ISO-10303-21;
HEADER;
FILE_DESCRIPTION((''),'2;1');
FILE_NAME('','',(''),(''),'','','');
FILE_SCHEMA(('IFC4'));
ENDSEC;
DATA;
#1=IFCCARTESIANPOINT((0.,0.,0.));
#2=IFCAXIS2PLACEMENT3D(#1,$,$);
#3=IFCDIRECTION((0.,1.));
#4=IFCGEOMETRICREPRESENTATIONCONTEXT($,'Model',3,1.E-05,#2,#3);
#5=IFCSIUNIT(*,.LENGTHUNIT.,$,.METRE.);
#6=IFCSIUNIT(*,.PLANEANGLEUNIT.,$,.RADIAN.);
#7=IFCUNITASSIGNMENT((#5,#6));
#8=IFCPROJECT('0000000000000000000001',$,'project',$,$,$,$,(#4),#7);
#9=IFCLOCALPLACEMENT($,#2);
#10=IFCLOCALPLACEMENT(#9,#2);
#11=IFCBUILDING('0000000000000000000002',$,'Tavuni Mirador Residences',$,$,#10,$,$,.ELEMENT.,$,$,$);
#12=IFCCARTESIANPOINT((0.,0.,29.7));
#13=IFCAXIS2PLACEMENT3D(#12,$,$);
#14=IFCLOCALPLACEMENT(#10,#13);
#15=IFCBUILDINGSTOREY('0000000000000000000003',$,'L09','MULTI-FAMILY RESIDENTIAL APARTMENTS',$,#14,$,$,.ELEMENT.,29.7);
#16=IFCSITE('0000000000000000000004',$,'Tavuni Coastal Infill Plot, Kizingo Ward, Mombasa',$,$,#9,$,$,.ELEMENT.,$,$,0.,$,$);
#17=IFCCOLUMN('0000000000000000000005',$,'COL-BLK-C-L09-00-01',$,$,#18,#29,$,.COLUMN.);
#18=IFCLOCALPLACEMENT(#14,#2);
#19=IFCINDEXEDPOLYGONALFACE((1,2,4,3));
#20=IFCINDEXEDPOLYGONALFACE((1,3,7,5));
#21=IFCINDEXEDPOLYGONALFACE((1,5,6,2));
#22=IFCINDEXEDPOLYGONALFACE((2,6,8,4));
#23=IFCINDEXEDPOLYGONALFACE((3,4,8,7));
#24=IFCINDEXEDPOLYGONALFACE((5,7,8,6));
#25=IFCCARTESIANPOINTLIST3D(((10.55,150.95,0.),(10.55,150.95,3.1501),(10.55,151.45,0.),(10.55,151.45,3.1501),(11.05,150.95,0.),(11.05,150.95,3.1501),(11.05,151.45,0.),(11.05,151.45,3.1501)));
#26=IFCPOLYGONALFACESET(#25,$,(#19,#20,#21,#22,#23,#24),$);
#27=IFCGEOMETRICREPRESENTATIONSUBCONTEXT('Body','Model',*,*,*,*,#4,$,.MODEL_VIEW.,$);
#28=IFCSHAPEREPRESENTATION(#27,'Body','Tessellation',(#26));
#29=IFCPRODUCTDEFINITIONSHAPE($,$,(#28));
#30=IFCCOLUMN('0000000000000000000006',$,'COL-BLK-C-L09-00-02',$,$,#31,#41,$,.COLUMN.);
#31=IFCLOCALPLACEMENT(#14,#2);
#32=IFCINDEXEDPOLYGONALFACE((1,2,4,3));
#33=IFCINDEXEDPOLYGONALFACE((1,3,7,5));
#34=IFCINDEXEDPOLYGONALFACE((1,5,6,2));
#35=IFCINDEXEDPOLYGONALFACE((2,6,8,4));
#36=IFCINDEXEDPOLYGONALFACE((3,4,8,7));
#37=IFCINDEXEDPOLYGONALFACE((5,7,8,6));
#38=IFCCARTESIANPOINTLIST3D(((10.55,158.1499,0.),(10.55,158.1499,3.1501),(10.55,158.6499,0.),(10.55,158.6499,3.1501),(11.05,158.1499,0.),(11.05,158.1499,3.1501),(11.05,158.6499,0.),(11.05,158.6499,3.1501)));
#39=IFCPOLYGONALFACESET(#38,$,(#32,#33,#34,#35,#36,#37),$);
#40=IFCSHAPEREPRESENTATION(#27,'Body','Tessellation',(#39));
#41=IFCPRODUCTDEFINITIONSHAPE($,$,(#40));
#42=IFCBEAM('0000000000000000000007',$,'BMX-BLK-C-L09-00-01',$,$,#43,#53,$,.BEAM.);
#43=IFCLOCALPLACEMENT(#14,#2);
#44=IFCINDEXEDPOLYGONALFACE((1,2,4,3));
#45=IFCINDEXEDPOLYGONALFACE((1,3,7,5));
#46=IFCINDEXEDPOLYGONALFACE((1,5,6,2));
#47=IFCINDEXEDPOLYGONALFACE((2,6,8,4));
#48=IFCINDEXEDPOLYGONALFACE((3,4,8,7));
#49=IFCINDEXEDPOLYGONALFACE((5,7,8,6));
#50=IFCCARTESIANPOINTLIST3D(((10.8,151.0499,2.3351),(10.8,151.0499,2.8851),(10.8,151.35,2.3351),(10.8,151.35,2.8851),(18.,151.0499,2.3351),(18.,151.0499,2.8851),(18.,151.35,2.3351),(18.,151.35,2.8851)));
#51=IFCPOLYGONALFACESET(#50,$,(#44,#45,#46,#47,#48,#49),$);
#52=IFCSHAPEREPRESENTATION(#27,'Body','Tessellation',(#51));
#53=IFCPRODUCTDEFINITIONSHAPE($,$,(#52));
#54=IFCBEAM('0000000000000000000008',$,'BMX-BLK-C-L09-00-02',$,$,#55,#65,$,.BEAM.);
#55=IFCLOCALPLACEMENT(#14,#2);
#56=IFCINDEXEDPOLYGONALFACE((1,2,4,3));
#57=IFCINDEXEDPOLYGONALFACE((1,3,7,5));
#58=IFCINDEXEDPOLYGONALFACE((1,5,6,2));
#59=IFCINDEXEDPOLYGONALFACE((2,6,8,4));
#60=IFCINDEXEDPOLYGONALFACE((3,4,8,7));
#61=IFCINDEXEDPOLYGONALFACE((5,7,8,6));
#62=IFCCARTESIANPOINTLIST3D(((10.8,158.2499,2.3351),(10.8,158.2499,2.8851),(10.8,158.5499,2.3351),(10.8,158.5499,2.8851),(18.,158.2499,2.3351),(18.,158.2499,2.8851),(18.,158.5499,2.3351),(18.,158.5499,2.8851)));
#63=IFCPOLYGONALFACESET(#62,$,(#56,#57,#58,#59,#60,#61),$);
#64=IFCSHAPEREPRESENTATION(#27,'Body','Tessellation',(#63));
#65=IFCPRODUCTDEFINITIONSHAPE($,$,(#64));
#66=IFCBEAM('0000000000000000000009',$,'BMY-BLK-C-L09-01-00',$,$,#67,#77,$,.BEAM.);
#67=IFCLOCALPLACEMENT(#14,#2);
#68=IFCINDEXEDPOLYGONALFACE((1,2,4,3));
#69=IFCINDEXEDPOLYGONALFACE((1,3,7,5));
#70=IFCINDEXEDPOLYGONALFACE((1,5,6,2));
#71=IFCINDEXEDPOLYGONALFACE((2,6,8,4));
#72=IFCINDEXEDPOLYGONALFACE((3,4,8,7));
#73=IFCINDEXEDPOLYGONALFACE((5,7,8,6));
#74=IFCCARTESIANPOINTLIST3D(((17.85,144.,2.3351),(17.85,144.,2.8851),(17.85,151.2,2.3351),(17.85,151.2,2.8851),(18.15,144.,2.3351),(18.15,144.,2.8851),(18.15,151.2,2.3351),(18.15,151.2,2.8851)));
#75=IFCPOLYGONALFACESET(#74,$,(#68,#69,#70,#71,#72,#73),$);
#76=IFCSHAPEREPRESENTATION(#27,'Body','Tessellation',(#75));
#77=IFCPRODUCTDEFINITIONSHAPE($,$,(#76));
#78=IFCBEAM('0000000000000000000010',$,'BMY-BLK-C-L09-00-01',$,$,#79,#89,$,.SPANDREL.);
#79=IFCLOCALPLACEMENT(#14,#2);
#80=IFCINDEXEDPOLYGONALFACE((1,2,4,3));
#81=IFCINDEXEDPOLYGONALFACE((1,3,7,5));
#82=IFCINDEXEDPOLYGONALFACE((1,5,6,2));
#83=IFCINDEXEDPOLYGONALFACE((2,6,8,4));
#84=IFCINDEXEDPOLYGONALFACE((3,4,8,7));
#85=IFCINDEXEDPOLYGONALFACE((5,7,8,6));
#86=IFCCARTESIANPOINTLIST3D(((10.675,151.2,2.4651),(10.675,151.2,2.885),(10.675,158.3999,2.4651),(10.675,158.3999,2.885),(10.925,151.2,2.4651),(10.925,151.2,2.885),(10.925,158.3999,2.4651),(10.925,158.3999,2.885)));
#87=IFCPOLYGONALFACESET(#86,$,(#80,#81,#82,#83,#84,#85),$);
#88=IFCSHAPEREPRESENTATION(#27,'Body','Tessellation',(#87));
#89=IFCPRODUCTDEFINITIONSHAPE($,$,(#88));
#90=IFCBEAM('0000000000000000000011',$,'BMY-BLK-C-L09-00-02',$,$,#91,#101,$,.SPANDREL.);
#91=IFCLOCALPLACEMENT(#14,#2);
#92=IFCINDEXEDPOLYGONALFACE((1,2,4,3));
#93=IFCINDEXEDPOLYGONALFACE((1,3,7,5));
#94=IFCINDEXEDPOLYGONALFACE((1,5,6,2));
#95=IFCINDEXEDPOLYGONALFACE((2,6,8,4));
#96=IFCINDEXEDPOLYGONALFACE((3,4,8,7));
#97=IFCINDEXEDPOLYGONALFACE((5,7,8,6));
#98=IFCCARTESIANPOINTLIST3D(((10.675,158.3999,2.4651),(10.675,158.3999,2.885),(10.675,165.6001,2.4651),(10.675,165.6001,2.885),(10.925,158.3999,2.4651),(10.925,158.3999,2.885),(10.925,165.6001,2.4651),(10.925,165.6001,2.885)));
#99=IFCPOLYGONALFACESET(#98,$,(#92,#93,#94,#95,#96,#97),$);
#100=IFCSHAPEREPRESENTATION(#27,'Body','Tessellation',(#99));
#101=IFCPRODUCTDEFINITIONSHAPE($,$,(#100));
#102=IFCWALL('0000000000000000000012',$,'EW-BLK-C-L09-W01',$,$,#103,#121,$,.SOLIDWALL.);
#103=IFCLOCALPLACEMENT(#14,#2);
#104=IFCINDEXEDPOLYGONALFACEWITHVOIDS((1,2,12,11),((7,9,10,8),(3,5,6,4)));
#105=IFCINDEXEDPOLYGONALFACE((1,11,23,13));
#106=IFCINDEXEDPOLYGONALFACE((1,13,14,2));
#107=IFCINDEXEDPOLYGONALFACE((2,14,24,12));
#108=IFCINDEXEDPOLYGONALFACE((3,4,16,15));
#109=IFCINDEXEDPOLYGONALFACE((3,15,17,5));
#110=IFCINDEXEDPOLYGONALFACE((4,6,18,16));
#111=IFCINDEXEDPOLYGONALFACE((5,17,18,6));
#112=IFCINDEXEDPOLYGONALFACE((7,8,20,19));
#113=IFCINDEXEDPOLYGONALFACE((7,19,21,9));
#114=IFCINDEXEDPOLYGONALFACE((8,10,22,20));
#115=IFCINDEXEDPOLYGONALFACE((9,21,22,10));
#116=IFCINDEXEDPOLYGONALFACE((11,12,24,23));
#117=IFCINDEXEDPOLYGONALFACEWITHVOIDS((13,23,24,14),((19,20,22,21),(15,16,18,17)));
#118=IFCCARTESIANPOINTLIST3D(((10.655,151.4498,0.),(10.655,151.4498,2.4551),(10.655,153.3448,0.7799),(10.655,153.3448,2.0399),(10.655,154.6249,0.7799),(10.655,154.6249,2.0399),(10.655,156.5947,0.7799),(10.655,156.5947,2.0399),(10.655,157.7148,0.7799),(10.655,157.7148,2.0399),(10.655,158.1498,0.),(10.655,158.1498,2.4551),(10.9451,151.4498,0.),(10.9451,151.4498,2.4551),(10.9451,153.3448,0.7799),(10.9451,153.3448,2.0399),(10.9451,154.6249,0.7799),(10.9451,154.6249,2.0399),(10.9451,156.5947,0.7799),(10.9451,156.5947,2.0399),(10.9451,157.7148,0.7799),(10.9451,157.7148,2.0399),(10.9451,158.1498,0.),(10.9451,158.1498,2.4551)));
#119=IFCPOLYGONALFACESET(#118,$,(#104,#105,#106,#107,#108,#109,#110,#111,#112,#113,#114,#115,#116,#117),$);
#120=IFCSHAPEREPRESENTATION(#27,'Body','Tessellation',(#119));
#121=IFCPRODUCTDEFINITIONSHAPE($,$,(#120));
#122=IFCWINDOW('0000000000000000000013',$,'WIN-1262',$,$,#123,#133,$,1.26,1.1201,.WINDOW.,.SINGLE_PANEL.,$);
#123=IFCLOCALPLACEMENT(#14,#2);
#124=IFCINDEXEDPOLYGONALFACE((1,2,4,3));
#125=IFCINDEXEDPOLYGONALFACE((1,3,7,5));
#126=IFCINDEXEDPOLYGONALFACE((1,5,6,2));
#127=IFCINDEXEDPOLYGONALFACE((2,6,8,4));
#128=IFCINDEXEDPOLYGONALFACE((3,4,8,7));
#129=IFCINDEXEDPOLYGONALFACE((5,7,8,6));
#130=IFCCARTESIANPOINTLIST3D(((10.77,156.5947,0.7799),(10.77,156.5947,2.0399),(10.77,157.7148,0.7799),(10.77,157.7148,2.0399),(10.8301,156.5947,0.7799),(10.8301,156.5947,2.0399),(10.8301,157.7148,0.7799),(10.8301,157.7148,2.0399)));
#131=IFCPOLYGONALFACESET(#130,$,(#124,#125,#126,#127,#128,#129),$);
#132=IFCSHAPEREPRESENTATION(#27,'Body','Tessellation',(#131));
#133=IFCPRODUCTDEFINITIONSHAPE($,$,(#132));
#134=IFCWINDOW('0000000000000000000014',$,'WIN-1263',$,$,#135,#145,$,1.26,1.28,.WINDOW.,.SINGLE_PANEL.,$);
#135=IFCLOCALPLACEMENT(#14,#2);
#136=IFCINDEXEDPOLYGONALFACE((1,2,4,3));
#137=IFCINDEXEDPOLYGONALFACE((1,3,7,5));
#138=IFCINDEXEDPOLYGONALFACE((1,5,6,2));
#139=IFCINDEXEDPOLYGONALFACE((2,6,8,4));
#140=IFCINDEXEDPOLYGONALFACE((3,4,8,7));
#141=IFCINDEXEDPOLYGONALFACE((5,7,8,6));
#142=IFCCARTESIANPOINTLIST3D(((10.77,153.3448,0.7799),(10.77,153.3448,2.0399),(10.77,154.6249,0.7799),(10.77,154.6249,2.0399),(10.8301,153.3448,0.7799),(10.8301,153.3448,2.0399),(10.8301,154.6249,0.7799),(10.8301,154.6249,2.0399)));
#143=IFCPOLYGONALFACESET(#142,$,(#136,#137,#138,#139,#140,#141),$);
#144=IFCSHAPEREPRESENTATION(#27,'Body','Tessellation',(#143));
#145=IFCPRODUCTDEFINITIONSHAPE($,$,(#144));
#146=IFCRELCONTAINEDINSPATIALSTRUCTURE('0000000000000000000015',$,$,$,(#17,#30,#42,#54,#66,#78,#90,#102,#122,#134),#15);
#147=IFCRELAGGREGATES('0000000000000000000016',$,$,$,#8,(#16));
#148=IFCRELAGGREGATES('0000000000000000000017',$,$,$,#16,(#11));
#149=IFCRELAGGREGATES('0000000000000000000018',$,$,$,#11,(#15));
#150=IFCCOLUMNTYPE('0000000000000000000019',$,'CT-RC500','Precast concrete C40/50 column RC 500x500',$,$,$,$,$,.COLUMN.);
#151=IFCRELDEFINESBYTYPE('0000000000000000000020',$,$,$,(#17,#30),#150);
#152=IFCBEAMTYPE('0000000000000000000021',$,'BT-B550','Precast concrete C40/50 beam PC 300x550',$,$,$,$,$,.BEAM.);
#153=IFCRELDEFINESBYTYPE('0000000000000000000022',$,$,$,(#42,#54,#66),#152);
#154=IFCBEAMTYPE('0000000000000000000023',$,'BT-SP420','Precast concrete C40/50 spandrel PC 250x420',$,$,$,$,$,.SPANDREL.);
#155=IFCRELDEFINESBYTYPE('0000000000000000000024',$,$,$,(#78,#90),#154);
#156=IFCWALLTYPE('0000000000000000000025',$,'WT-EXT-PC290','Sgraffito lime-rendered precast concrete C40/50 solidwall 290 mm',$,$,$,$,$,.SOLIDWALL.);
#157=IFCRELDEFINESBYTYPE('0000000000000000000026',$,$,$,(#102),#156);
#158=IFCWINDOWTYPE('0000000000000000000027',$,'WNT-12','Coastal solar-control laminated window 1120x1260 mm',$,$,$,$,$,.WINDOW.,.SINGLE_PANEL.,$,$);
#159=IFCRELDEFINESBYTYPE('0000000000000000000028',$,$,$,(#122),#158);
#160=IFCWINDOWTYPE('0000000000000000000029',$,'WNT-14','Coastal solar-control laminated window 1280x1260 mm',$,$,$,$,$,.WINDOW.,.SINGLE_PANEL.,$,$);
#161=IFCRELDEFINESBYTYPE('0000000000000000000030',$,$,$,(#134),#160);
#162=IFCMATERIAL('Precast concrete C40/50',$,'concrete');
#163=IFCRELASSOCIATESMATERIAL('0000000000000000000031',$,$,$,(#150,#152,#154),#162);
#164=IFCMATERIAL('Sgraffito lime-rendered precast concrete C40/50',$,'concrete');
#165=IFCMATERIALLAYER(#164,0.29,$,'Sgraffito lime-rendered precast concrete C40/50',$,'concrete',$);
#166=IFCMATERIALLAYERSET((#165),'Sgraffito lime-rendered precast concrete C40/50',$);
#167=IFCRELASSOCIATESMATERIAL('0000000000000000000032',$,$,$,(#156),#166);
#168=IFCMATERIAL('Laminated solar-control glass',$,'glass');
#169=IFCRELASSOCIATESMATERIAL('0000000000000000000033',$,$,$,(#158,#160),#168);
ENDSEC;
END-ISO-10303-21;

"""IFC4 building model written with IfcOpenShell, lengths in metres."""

from ifc_helpers import new_model, si_unit, direction, frame, frame_2d, origin, origin_2d, place, context, subcontext, project, spatial, rectangle, extrude, material, layer, layer_set, material_profile, profile_set, type_object, element, fill, save


model = new_model("IFC4")

# Units and contexts
model_context = context("Model", 3, precision=1e-05, world=origin(), true_north=direction((0.0, 1.0)))
body_context = subcontext(model_context, "Body", "Model", "MODEL_VIEW")
ifc_project = project(units=[si_unit("LENGTHUNIT", "METRE"), si_unit("PLANEANGLEUNIT", "RADIAN")], contexts=[model_context])

# Site, building, storey
site_placement = place(None, origin())
site = spatial("IfcSite", under=ifc_project, at=site_placement, Name="Tavuni Coastal Infill Plot, Kizingo Ward, Mombasa", CompositionType="ELEMENT", RefElevation=0.0)
building_placement = place(site_placement, origin())
building = spatial("IfcBuilding", under=site, at=building_placement, Name="Tavuni Mirador Residences", CompositionType="ELEMENT")
storey_placement = place(building_placement, frame((0.0, 0.0, 29.7)))
storey = spatial("IfcBuildingStorey", under=building, at=storey_placement, Name="L09", Description="MULTI-FAMILY RESIDENTIAL APARTMENTS", CompositionType="ELEMENT", Elevation=29.7)

# Columns
ifc_material_1 = material(Name="Precast concrete C40/50", Category="concrete")
ifc_material_profile_1 = material_profile(ifc_material_1, rectangle(XDim=0.5, YDim=0.5, at=origin_2d()), Name="RC 500x500", Category="concrete")
ifc_profile_set_1 = profile_set([ifc_material_profile_1], Name="Precast concrete C40/50")
column_type = type_object("IfcColumnType", Name="CT-RC500", Description="Precast concrete C40/50 column RC 500x500", PredefinedType="COLUMN", material=ifc_profile_set_1)
for number, where, z_axis, x_axis, name in (
    (1, (10.8, 151.2, 0.0), (0.0, 0.0, 1.0), (1.0, 0.0, 0.0), "COL-BLK-C-L09-00-01"),
    (2, (10.8, 158.3999, 0.0), (0.0, 0.0, 1.0), (1.0, 0.0, 0.0), "COL-BLK-C-L09-00-02"),
):
    element("IfcColumn", number, at=place(storey_placement, frame(where, z_axis=z_axis, x_axis=x_axis)), inside=storey, type_object=column_type, Name=name, PredefinedType="COLUMN", context=body_context, shape_type="SweptSolid", body=[
        extrude(rectangle(XDim=0.5, YDim=0.5, at=origin_2d()), origin(), (0.0, 0.0, 1.0), 3.1501),
    ])

# Beams
ifc_material_profile_2 = material_profile(ifc_material_1, rectangle(XDim=0.3, YDim=0.55, at=origin_2d()), Name="PC 300x550", Category="concrete")
ifc_profile_set_2 = profile_set([ifc_material_profile_2], Name="Precast concrete C40/50")
beam_type_1 = type_object("IfcBeamType", Name="BT-B550", Description="Precast concrete C40/50 beam PC 300x550", PredefinedType="BEAM", material=ifc_profile_set_2)
for number, where, z_axis, x_axis, name in (
    (3, (10.8, 151.2, 2.6101), (1.0, 0.0, 0.0), (0.0, 1.0, 0.0), "BMX-BLK-C-L09-00-01"),
    (4, (10.8, 158.3999, 2.6101), (1.0, 0.0, 0.0), (0.0, 1.0, 0.0), "BMX-BLK-C-L09-00-02"),
    (5, (18.0, 144.0, 2.6101), (0.0, 1.0, 0.0), (-1.0, 0.0, 0.0), "BMY-BLK-C-L09-01-00"),
):
    element("IfcBeam", number, at=place(storey_placement, frame(where, z_axis=z_axis, x_axis=x_axis)), inside=storey, type_object=beam_type_1, Name=name, PredefinedType="BEAM", context=body_context, shape_type="SweptSolid", body=[
        extrude(rectangle(XDim=0.3, YDim=0.55, at=origin_2d()), origin(), (0.0, 0.0, 1.0), 7.2),
    ])
ifc_material_profile_3 = material_profile(ifc_material_1, rectangle(XDim=0.25, YDim=0.4199, at=origin_2d()), Name="PC 250x420", Category="concrete")
ifc_profile_set_3 = profile_set([ifc_material_profile_3], Name="Precast concrete C40/50")
beam_type_2 = type_object("IfcBeamType", Name="BT-SP420", Description="Precast concrete C40/50 spandrel PC 250x420", PredefinedType="SPANDREL", material=ifc_profile_set_3)
beam_1_placement = place(storey_placement, frame((10.8, 151.2, 2.675), z_axis=(0.0, 1.0, 0.0), x_axis=(-1.0, 0.0, 0.0)))
element("IfcBeam", 6, at=beam_1_placement, inside=storey, type_object=beam_type_2, Name="BMY-BLK-C-L09-00-01", PredefinedType="SPANDREL", context=body_context, shape_type="SweptSolid", body=[
    extrude(rectangle(XDim=0.25, YDim=0.4199, at=origin_2d()), origin(), (0.0, 0.0, 1.0), 7.2),
])
beam_2_placement = place(storey_placement, frame((10.8, 158.3999, 2.675), z_axis=(0.0, 1.0, 0.0), x_axis=(-1.0, 0.0, 0.0)))
element("IfcBeam", 7, at=beam_2_placement, inside=storey, type_object=beam_type_2, Name="BMY-BLK-C-L09-00-02", PredefinedType="SPANDREL", context=body_context, shape_type="SweptSolid", body=[
    extrude(rectangle(XDim=0.25, YDim=0.4199, at=origin_2d()), origin(), (0.0, 0.0, 1.0), 7.2002),
])

# Wall, openings, windows
ifc_material_2 = material(Name="Sgraffito lime-rendered precast concrete C40/50", Category="concrete")
ifc_layer_1 = layer(ifc_material_2, 0.29, Name="Sgraffito lime-rendered precast concrete C40/50", Category="concrete")
ifc_layer_set_1 = layer_set([ifc_layer_1], Name="Sgraffito lime-rendered precast concrete C40/50")
wall_type_1 = type_object("IfcWallType", Name="WT-EXT-PC290", Description="Sgraffito lime-rendered precast concrete C40/50 solidwall 290 mm", PredefinedType="SOLIDWALL", material=ifc_layer_set_1)
wall_1_placement = place(storey_placement, frame((10.8, 158.1499, 0.0), z_axis=(0.0, 0.0, 1.0), x_axis=(0.0, -1.0, 0.0)))
wall_1 = element("IfcWall", 8, at=wall_1_placement, inside=storey, type_object=wall_type_1, Name="EW-BLK-C-L09-W01", PredefinedType="SOLIDWALL", context=body_context, shape_type="SweptSolid", body=[
    extrude(rectangle(XDim=6.7, YDim=0.29, at=frame_2d((3.3501, 0.0))), origin(), (0.0, 0.0, 1.0), 2.4551),
])
opening_1_placement = place(wall_1_placement, frame((0.4351, 0.0, 0.78)))
opening_1 = element("IfcOpeningElement", 9, at=opening_1_placement, cuts=wall_1, PredefinedType="OPENING", context=body_context, shape_type="SweptSolid", body=[
    extrude(rectangle(XDim=1.1201, YDim=1.26, at=frame_2d((0.5601, 0.6299))), frame((0.0, 0.155, 0.0), z_axis=(0.0, -1.0, 0.0), x_axis=(1.0, 0.0, 0.0)), (0.0, 0.0, 1.0), 0.3101),
])
opening_2_placement = place(wall_1_placement, frame((3.5249, 0.0, 0.78)))
opening_2 = element("IfcOpeningElement", 10, at=opening_2_placement, cuts=wall_1, PredefinedType="OPENING", context=body_context, shape_type="SweptSolid", body=[
    extrude(rectangle(XDim=1.28, YDim=1.26, at=frame_2d((0.6401, 0.6299))), frame((0.0, 0.155, 0.0), z_axis=(0.0, -1.0, 0.0), x_axis=(1.0, 0.0, 0.0)), (0.0, 0.0, 1.0), 0.3101),
])
ifc_material_3 = material(Name="Laminated solar-control glass", Category="glass")
window_type_1 = type_object("IfcWindowType", Name="WNT-12", Description="Coastal solar-control laminated window 1120x1260 mm", PartitioningType="SINGLE_PANEL", PredefinedType="WINDOW", material=ifc_material_3)
window_1_placement = place(opening_1_placement, origin())
window_1 = element("IfcWindow", 11, at=window_1_placement, inside=storey, type_object=window_type_1, Name="WIN-1262", OverallHeight=1.26, OverallWidth=1.1201, PartitioningType="SINGLE_PANEL", PredefinedType="WINDOW", context=body_context, shape_type="SweptSolid", body=[
    extrude(rectangle(XDim=1.1201, YDim=1.26, at=frame_2d((0.5601, 0.6299))), frame((0.0, 0.03, 0.0), z_axis=(0.0, -1.0, 0.0), x_axis=(1.0, 0.0, 0.0)), (0.0, 0.0, 1.0), 0.0601),
])
fill(opening_1, window_1)
window_type_2 = type_object("IfcWindowType", Name="WNT-14", Description="Coastal solar-control laminated window 1280x1260 mm", PartitioningType="SINGLE_PANEL", PredefinedType="WINDOW", material=ifc_material_3)
window_2_placement = place(opening_2_placement, origin())
window_2 = element("IfcWindow", 12, at=window_2_placement, inside=storey, type_object=window_type_2, Name="WIN-1263", OverallHeight=1.26, OverallWidth=1.28, PartitioningType="SINGLE_PANEL", PredefinedType="WINDOW", context=body_context, shape_type="SweptSolid", body=[
    extrude(rectangle(XDim=1.28, YDim=1.26, at=frame_2d((0.6401, 0.6299))), frame((0.0, 0.03, 0.0), z_axis=(0.0, -1.0, 0.0), x_axis=(1.0, 0.0, 0.0)), (0.0, 0.0, 1.0), 0.0601),
])
fill(opening_2, window_2)

save(model, "model.ifc")
